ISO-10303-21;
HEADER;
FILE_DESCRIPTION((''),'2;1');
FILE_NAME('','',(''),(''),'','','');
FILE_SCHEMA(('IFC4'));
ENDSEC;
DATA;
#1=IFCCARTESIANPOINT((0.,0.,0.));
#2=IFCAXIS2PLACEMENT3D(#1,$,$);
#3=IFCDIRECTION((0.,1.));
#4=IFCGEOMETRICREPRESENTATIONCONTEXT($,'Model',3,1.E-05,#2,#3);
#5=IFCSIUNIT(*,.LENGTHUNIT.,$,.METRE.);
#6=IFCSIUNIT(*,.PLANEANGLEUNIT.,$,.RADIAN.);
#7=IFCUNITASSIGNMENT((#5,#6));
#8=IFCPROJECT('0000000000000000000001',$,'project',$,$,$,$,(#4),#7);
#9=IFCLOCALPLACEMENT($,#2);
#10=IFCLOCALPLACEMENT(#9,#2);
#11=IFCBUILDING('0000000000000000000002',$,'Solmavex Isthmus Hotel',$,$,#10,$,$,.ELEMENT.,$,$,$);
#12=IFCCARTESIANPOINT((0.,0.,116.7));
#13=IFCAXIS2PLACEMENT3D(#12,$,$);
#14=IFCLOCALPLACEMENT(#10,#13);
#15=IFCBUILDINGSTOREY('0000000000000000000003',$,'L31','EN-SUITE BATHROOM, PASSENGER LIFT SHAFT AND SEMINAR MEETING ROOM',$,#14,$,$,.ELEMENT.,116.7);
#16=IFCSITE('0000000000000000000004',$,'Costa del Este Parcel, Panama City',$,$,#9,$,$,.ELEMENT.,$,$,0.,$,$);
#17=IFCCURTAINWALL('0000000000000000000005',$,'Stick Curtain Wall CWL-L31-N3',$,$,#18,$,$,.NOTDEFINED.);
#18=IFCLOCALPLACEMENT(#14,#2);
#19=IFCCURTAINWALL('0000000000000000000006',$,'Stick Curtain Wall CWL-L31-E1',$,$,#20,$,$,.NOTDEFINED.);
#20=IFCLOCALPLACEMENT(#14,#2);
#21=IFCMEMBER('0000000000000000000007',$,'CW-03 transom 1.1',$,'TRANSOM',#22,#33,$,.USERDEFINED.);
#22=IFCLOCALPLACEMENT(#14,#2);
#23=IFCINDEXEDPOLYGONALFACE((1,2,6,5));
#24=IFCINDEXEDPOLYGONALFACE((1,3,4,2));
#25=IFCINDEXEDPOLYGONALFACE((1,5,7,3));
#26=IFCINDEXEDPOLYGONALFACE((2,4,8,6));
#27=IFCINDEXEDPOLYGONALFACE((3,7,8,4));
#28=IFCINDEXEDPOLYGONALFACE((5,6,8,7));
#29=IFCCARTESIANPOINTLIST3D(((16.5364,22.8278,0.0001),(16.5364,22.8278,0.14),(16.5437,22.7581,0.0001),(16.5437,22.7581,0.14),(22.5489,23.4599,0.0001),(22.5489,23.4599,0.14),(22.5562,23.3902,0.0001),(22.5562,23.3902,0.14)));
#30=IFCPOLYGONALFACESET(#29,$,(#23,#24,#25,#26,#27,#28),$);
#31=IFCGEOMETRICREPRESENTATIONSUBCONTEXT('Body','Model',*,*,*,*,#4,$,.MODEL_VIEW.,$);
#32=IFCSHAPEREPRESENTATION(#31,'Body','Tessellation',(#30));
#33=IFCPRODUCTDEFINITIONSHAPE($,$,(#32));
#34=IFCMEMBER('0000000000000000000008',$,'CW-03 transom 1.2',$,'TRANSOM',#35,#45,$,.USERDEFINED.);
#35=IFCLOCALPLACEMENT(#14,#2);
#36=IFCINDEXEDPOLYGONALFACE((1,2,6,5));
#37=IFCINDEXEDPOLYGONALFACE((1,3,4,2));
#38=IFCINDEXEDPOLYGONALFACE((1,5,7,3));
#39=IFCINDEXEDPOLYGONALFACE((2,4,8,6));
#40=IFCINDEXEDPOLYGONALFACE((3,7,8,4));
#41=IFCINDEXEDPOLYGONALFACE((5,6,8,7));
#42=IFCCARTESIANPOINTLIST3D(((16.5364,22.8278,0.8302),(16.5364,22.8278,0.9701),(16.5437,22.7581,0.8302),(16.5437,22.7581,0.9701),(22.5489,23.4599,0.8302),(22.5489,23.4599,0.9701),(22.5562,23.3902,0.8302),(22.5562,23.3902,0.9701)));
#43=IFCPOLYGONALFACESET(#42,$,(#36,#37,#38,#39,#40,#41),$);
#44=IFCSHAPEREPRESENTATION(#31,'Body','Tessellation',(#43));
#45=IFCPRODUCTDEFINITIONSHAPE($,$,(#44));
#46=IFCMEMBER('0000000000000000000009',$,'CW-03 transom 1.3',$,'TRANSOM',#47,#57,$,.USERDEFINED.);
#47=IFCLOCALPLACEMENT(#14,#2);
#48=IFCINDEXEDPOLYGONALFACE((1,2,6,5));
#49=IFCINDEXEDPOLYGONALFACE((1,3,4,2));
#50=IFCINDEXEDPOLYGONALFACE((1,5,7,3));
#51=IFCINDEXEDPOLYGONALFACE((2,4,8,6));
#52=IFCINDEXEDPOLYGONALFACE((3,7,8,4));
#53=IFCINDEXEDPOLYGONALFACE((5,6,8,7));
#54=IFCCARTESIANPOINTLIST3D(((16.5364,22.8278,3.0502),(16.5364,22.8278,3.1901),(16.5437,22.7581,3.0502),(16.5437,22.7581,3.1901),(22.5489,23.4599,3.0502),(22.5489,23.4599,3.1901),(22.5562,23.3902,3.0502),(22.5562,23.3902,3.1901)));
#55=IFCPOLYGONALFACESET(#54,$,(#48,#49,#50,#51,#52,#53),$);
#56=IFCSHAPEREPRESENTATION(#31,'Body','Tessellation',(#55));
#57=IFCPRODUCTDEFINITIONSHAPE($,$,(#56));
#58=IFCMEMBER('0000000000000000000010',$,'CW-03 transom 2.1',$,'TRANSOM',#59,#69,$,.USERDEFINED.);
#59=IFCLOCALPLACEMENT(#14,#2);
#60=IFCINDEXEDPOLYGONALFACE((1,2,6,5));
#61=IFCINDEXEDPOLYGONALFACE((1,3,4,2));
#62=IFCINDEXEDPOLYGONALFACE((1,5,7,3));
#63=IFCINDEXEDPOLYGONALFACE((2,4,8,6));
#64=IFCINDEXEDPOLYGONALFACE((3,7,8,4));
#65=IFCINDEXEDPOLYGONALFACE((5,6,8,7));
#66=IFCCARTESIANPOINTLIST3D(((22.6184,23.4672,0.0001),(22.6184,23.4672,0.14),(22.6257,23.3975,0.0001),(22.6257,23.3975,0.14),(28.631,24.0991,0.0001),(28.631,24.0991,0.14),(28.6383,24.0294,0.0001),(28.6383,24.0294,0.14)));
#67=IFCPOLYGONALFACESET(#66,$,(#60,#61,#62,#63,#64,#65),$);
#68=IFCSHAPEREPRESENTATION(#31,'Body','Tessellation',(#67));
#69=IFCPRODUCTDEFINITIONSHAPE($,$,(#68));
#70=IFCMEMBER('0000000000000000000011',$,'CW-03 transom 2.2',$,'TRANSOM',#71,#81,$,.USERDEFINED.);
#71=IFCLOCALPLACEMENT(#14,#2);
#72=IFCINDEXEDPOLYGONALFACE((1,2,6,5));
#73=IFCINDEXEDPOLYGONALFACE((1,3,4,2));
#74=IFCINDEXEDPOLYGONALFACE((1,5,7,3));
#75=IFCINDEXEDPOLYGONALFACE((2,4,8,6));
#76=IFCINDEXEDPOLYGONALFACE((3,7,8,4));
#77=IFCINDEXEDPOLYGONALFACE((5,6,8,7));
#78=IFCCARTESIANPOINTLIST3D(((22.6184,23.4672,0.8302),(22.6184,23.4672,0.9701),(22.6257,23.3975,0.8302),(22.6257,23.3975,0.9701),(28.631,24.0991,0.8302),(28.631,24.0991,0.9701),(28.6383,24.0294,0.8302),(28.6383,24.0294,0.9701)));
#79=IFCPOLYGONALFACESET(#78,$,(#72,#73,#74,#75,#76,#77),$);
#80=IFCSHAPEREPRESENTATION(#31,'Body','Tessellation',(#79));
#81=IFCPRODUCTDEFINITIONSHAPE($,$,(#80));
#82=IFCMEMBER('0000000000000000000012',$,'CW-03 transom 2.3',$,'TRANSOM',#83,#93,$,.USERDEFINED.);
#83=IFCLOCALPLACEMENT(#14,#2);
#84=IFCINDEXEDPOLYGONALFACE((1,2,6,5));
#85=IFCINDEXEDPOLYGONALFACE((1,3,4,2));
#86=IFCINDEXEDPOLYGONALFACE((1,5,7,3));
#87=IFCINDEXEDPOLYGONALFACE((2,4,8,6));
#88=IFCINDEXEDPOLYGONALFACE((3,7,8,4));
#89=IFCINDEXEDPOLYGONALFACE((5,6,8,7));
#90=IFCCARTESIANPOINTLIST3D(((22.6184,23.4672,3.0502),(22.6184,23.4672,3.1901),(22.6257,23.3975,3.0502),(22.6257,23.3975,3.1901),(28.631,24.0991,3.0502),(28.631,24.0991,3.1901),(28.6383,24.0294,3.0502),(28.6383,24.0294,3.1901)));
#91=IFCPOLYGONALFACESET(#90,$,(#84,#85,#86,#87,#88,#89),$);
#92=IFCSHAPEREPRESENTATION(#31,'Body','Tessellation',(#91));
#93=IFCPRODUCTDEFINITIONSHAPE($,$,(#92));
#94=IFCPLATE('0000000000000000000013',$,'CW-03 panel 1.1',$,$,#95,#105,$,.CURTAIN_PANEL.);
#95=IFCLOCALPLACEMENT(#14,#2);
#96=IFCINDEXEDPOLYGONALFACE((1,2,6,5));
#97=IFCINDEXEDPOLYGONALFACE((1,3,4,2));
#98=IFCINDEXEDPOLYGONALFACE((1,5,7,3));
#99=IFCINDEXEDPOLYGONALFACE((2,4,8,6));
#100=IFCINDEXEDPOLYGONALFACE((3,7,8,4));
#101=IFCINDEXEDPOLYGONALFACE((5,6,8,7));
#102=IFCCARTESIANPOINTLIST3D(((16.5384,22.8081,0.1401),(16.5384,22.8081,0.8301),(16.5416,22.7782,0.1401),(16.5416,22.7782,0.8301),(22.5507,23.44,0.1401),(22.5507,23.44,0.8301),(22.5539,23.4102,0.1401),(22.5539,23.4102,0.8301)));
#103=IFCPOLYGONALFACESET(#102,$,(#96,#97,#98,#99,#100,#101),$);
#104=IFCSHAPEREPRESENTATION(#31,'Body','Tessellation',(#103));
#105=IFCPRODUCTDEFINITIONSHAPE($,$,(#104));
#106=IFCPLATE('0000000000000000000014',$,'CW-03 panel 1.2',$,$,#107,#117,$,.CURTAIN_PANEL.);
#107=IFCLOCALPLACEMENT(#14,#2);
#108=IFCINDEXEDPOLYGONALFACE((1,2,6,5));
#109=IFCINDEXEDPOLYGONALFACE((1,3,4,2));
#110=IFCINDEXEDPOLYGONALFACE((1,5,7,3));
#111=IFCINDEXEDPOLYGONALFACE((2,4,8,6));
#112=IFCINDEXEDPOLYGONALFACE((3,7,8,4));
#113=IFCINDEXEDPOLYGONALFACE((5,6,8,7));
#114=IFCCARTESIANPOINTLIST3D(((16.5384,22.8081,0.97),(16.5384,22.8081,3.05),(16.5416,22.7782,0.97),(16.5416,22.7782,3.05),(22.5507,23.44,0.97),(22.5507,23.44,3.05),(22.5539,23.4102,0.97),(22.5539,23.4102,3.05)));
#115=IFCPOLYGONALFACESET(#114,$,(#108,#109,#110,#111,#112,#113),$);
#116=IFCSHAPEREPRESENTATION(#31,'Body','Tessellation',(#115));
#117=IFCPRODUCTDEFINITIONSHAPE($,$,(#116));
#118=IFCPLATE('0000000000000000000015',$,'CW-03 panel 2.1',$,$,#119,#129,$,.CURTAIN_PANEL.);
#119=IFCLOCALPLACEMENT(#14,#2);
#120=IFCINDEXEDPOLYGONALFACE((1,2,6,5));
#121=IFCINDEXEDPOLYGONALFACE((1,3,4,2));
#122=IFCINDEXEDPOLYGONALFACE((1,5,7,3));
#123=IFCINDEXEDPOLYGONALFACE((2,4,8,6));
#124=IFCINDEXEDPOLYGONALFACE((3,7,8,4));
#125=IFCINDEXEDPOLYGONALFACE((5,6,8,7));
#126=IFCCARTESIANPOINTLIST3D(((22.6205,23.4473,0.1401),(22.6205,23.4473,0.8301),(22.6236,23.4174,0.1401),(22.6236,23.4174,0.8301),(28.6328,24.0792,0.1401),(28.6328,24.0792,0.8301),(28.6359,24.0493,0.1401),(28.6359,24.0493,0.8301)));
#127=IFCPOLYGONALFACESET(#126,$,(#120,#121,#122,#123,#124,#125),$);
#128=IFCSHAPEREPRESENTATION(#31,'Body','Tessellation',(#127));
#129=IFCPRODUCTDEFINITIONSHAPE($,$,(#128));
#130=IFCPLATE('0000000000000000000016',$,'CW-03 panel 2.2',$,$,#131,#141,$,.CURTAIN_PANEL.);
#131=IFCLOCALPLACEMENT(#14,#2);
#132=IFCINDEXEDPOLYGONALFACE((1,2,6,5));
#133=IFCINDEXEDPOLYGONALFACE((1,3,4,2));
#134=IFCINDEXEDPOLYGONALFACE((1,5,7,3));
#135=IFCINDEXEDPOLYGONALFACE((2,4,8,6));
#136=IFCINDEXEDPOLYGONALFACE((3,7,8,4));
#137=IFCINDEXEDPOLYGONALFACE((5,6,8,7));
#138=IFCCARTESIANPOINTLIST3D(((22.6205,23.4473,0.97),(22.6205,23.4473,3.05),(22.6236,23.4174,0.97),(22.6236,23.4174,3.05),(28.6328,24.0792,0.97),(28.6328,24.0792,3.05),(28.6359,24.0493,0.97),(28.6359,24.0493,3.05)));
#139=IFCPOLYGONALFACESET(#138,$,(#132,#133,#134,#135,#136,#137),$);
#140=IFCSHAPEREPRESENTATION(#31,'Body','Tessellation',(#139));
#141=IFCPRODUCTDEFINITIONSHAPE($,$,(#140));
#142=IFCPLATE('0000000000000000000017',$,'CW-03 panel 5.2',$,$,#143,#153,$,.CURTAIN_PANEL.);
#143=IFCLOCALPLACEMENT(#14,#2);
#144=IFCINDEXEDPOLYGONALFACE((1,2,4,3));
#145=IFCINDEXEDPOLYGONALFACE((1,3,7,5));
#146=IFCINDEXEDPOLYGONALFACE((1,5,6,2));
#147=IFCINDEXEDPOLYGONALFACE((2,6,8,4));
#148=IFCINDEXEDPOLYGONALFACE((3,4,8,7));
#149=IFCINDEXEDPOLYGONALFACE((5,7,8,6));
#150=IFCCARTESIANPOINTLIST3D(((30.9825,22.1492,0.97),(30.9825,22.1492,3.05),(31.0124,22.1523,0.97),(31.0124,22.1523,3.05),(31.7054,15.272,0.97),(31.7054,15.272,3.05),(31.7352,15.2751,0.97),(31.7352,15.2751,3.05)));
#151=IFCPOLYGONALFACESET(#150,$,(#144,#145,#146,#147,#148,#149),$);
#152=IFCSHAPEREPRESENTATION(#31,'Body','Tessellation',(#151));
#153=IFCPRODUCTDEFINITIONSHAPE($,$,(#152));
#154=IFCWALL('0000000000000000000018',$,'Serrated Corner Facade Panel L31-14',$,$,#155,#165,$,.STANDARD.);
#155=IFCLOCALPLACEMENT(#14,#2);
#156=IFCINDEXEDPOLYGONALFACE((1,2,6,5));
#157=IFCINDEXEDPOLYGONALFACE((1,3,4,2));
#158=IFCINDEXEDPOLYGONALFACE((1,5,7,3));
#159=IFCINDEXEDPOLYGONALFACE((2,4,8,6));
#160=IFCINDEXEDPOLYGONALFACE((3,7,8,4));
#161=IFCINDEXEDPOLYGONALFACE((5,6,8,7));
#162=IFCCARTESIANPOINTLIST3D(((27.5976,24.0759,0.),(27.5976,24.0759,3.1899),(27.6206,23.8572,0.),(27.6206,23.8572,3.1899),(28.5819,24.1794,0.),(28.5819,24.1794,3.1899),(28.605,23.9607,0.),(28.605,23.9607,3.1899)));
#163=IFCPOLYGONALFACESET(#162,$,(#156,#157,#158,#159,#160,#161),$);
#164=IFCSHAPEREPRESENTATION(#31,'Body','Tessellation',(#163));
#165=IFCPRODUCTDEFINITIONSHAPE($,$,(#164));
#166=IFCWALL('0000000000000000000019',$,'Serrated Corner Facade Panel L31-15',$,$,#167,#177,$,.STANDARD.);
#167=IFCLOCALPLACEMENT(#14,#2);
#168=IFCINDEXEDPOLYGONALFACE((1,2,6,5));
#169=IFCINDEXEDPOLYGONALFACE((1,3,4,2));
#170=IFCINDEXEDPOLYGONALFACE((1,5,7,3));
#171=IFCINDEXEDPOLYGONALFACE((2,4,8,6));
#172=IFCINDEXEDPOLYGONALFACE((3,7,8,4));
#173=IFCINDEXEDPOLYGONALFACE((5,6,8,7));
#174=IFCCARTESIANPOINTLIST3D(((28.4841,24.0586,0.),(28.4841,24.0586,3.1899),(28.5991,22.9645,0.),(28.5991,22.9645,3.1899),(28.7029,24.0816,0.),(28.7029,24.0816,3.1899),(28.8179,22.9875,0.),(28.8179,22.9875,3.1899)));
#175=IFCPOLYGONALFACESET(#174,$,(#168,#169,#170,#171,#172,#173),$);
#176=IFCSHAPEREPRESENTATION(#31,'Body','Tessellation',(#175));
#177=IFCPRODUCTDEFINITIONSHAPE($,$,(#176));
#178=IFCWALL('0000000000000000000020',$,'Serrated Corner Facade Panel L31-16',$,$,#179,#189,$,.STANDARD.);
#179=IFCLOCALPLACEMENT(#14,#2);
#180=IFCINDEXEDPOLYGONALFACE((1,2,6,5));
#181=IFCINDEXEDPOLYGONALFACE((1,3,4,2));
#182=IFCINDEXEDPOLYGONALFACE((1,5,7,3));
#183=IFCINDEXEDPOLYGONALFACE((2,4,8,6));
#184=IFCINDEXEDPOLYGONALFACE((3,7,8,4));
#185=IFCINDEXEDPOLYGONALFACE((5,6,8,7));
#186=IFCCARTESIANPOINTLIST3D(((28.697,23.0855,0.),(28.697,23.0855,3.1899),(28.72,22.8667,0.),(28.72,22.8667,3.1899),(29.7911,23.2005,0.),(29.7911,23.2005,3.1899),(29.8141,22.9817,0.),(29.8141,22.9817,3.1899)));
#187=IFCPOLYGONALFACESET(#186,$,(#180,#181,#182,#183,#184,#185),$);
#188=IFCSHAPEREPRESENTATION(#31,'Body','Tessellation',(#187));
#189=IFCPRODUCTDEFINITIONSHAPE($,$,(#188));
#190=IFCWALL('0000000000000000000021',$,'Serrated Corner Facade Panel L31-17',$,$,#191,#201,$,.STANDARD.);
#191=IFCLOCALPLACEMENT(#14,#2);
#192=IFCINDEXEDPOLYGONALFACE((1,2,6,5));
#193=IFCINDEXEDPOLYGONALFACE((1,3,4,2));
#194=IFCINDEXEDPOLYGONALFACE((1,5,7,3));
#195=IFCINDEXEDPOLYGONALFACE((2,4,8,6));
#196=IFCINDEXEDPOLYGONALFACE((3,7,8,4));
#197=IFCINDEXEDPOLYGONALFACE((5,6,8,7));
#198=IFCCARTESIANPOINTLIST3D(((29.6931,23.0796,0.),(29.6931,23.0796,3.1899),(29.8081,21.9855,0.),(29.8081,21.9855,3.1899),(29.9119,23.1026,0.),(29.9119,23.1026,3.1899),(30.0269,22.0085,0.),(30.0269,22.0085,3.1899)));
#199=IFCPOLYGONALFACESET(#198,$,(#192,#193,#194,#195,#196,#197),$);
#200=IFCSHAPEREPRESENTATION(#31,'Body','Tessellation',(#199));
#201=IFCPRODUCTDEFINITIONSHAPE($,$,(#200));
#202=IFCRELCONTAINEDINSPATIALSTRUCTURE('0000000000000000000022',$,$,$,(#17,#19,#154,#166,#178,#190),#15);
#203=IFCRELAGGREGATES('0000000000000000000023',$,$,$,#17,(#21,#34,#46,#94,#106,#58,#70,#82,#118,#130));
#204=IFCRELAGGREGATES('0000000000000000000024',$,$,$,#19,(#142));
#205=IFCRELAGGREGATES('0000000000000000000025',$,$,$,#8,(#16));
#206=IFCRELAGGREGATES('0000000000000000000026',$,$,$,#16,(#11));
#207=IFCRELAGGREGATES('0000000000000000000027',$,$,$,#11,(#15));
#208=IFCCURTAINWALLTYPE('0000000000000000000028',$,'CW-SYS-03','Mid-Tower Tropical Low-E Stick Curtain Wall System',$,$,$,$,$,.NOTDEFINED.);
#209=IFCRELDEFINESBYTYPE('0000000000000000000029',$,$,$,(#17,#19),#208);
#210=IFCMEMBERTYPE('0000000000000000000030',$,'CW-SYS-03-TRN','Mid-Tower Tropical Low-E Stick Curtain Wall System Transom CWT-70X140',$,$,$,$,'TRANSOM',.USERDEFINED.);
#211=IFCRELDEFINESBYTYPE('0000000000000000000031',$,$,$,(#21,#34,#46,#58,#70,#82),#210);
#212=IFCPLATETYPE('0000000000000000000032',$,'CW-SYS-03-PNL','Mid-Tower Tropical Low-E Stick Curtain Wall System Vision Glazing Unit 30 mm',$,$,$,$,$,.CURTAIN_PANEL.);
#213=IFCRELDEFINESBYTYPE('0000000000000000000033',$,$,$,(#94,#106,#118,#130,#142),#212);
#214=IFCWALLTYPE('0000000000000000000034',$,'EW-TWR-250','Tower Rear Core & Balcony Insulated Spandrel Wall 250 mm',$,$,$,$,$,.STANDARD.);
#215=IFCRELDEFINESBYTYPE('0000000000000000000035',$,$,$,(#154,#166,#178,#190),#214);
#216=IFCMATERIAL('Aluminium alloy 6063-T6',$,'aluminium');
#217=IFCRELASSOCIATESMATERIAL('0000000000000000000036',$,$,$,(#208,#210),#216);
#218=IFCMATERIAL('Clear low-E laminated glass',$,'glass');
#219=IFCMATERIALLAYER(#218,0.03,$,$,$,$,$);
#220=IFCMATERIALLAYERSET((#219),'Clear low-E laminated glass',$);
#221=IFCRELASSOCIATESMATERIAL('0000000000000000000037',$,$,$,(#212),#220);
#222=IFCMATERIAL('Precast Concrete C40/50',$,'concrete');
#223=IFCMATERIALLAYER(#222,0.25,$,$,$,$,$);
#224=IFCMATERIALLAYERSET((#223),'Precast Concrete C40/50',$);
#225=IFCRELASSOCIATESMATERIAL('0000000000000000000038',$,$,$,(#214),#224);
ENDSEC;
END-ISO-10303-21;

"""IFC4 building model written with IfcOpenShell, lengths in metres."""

from ifc_helpers import new_model, si_unit, direction, frame, frame_2d, origin, origin_2d, place, context, subcontext, project, spatial, rectangle, extrude, material, layer, layer_set, material_profile, profile_set, type_object, element, aggregate, save


model = new_model("IFC4")

# Units and contexts
model_context = context("Model", 3, precision=1e-05, world=origin(), true_north=direction((0.0, 1.0)))
body_context = subcontext(model_context, "Body", "Model", "MODEL_VIEW")
ifc_project = project(units=[si_unit("LENGTHUNIT", "METRE"), si_unit("PLANEANGLEUNIT", "RADIAN")], contexts=[model_context])

# Site, building, storey
site_placement = place(None, origin())
site = spatial("IfcSite", under=ifc_project, at=site_placement, Name="Costa del Este Parcel, Panama City", CompositionType="ELEMENT", RefElevation=0.0)
building_placement = place(site_placement, origin())
building = spatial("IfcBuilding", under=site, at=building_placement, Name="Solmavex Isthmus Hotel", CompositionType="ELEMENT")
storey_placement = place(building_placement, frame((0.0, 0.0, 116.7)))
storey = spatial("IfcBuildingStorey", under=building, at=storey_placement, Name="L31", Description="EN-SUITE BATHROOM, PASSENGER LIFT SHAFT AND SEMINAR MEETING ROOM", CompositionType="ELEMENT", Elevation=116.7)

# Curtain wall
ifc_material_1 = material(Name="Aluminium alloy 6063-T6", Category="aluminium")
curtain_wall_type = type_object("IfcCurtainWallType", Name="CW-SYS-03", Description="Mid-Tower Tropical Low-E Stick Curtain Wall System", PredefinedType="NOTDEFINED", material=ifc_material_1)
curtain_wall_1_placement = place(storey_placement, origin())
curtain_wall_1 = element("IfcCurtainWall", 1, at=curtain_wall_1_placement, inside=storey, type_object=curtain_wall_type, Name="Stick Curtain Wall CWL-L31-N3", PredefinedType="NOTDEFINED")

# Curtain wall
curtain_wall_2_placement = place(storey_placement, origin())
curtain_wall_2 = element("IfcCurtainWall", 2, at=curtain_wall_2_placement, inside=storey, type_object=curtain_wall_type, Name="Stick Curtain Wall CWL-L31-E1", PredefinedType="NOTDEFINED")

# Members
ifc_material_profile_1 = material_profile(ifc_material_1, rectangle(XDim=0.0701, YDim=0.1399, at=origin_2d()), Name="CWT-70X140")
ifc_profile_set_1 = profile_set([ifc_material_profile_1], Name="Aluminium alloy 6063-T6")
member_type_1 = type_object("IfcMemberType", Name="CW-SYS-03-TRN", Description="Mid-Tower Tropical Low-E Stick Curtain Wall System Transom CWT-70X140", ElementType="TRANSOM", PredefinedType="USERDEFINED", material=ifc_profile_set_1)
member_1_placement = place(storey_placement, frame((16.54, 22.793, 0.0701), z_axis=(0.994519, 0.104552, 0.0), x_axis=(-0.104552, 0.994519, 0.0)))
member_1 = element("IfcMember", 3, at=member_1_placement, type_object=member_type_1, Name="CW-03 transom 1.1", ObjectType="TRANSOM", PredefinedType="USERDEFINED", context=body_context, shape_type="SweptSolid", body=[
    extrude(rectangle(XDim=0.0701, YDim=0.1399, at=origin_2d()), origin(), (0.0, 0.0, 1.0), 6.0457),
])
member_2_placement = place(storey_placement, frame((16.54, 22.793, 0.9001), z_axis=(0.994519, 0.104552, 0.0), x_axis=(-0.104552, 0.994519, 0.0)))
member_2 = element("IfcMember", 4, at=member_2_placement, type_object=member_type_1, Name="CW-03 transom 1.2", ObjectType="TRANSOM", PredefinedType="USERDEFINED", context=body_context, shape_type="SweptSolid", body=[
    extrude(rectangle(XDim=0.0701, YDim=0.1399, at=origin_2d()), origin(), (0.0, 0.0, 1.0), 6.0457),
])
member_3_placement = place(storey_placement, frame((16.54, 22.793, 3.1201), z_axis=(0.994519, 0.104552, 0.0), x_axis=(-0.104552, 0.994519, 0.0)))
member_3 = element("IfcMember", 5, at=member_3_placement, type_object=member_type_1, Name="CW-03 transom 1.3", ObjectType="TRANSOM", PredefinedType="USERDEFINED", context=body_context, shape_type="SweptSolid", body=[
    extrude(rectangle(XDim=0.0701, YDim=0.1399, at=origin_2d()), origin(), (0.0, 0.0, 1.0), 6.0457),
])
member_4_placement = place(storey_placement, frame((22.6221, 23.4324, 0.0701), z_axis=(0.994524, 0.104512, 0.0), x_axis=(-0.104512, 0.994524, 0.0)))
member_4 = element("IfcMember", 6, at=member_4_placement, type_object=member_type_1, Name="CW-03 transom 2.1", ObjectType="TRANSOM", PredefinedType="USERDEFINED", context=body_context, shape_type="SweptSolid", body=[
    extrude(rectangle(XDim=0.0701, YDim=0.1399, at=origin_2d()), origin(), (0.0, 0.0, 1.0), 6.0457),
])
member_5_placement = place(storey_placement, frame((22.6221, 23.4324, 0.9001), z_axis=(0.994524, 0.104512, 0.0), x_axis=(-0.104512, 0.994524, 0.0)))
member_5 = element("IfcMember", 7, at=member_5_placement, type_object=member_type_1, Name="CW-03 transom 2.2", ObjectType="TRANSOM", PredefinedType="USERDEFINED", context=body_context, shape_type="SweptSolid", body=[
    extrude(rectangle(XDim=0.0701, YDim=0.1399, at=origin_2d()), origin(), (0.0, 0.0, 1.0), 6.0457),
])
member_6_placement = place(storey_placement, frame((22.6221, 23.4324, 3.1201), z_axis=(0.994524, 0.104512, 0.0), x_axis=(-0.104512, 0.994524, 0.0)))
member_6 = element("IfcMember", 8, at=member_6_placement, type_object=member_type_1, Name="CW-03 transom 2.3", ObjectType="TRANSOM", PredefinedType="USERDEFINED", context=body_context, shape_type="SweptSolid", body=[
    extrude(rectangle(XDim=0.0701, YDim=0.1399, at=origin_2d()), origin(), (0.0, 0.0, 1.0), 6.0457),
])

# Plates
ifc_material_2 = material(Name="Clear low-E laminated glass", Category="glass")
ifc_layer_1 = layer(ifc_material_2, 0.03)
ifc_layer_set_1 = layer_set([ifc_layer_1], Name="Clear low-E laminated glass")
plate_type = type_object("IfcPlateType", Name="CW-SYS-03-PNL", Description="Mid-Tower Tropical Low-E Stick Curtain Wall System Vision Glazing Unit 30 mm", PredefinedType="CURTAIN_PANEL", material=ifc_layer_set_1)
plate_1_placement = place(storey_placement, frame((19.5461, 23.1091, 0.1401), z_axis=(0.0, 0.0, 1.0), x_axis=(0.994522, 0.104528, 0.0)))
plate_1 = element("IfcPlate", 9, at=plate_1_placement, type_object=plate_type, Name="CW-03 panel 1.1", PredefinedType="CURTAIN_PANEL", context=body_context, shape_type="SweptSolid", body=[
    extrude(rectangle(XDim=6.0454, YDim=0.03, at=origin_2d()), origin(), (0.0, 0.0, 1.0), 0.6899),
])
plate_2_placement = place(storey_placement, frame((19.5461, 23.1091, 0.97), z_axis=(0.0, 0.0, 1.0), x_axis=(0.994522, 0.104528, 0.0)))
plate_2 = element("IfcPlate", 10, at=plate_2_placement, type_object=plate_type, Name="CW-03 panel 1.2", PredefinedType="CURTAIN_PANEL", context=body_context, shape_type="SweptSolid", body=[
    extrude(rectangle(XDim=6.0454, YDim=0.03, at=origin_2d()), origin(), (0.0, 0.0, 1.0), 2.0801),
])
plate_3_placement = place(storey_placement, frame((25.6282, 23.7483, 0.1401), z_axis=(0.0, 0.0, 1.0), x_axis=(0.994522, 0.104528, 0.0)))
plate_3 = element("IfcPlate", 11, at=plate_3_placement, type_object=plate_type, Name="CW-03 panel 2.1", PredefinedType="CURTAIN_PANEL", context=body_context, shape_type="SweptSolid", body=[
    extrude(rectangle(XDim=6.0454, YDim=0.03, at=origin_2d()), origin(), (0.0, 0.0, 1.0), 0.6899),
])
plate_4_placement = place(storey_placement, frame((25.6282, 23.7483, 0.97), z_axis=(0.0, 0.0, 1.0), x_axis=(0.994522, 0.104528, 0.0)))
plate_4 = element("IfcPlate", 12, at=plate_4_placement, type_object=plate_type, Name="CW-03 panel 2.2", PredefinedType="CURTAIN_PANEL", context=body_context, shape_type="SweptSolid", body=[
    extrude(rectangle(XDim=6.0454, YDim=0.03, at=origin_2d()), origin(), (0.0, 0.0, 1.0), 2.0801),
])
aggregate(curtain_wall_1, [member_1, member_2, member_3, plate_1, plate_2, member_4, member_5, member_6, plate_3, plate_4])
plate_5_placement = place(storey_placement, frame((31.3589, 18.7122, 0.97), z_axis=(0.0, 0.0, 1.0), x_axis=(-0.104528, 0.994522, 0.0)))
plate_5 = element("IfcPlate", 13, at=plate_5_placement, type_object=plate_type, Name="CW-03 panel 5.2", PredefinedType="CURTAIN_PANEL", context=body_context, shape_type="SweptSolid", body=[
    extrude(rectangle(XDim=6.915, YDim=0.03, at=origin_2d()), origin(), (0.0, 0.0, 1.0), 2.0801),
])
aggregate(curtain_wall_2, [plate_5])

# Walls
ifc_material_3 = material(Name="Precast Concrete C40/50", Category="concrete")
ifc_layer_2 = layer(ifc_material_3, 0.25)
ifc_layer_set_2 = layer_set([ifc_layer_2], Name="Precast Concrete C40/50")
wall_type_1 = type_object("IfcWallType", Name="EW-TWR-250", Description="Tower Rear Core & Balcony Insulated Spandrel Wall 250 mm", PredefinedType="STANDARD", material=ifc_layer_set_2)
wall_1_placement = place(storey_placement, frame((27.6091, 23.9666, 0.0), z_axis=(0.0, 0.0, 1.0), x_axis=(0.994516, 0.104582, 0.0)))
element("IfcWall", 14, at=wall_1_placement, inside=storey, type_object=wall_type_1, Name="Serrated Corner Facade Panel L31-14", PredefinedType="STANDARD", context=body_context, shape_type="SweptSolid", body=[
    extrude(rectangle(XDim=0.9897, YDim=0.22, at=frame_2d((0.4949, 0.0))), origin(), (0.0, 0.0, 1.0), 3.1899),
])
for number, where, z_axis, x_axis, name in (
    (15, (28.5935, 24.0701, 0.0), (0.0, 0.0, 1.0), (0.104535, -0.994521, 0.0), "Serrated Corner Facade Panel L31-15"),
    (16, (28.7085, 22.9761, 0.0), (0.0, 0.0, 1.0), (0.994521, 0.104535, 0.0), "Serrated Corner Facade Panel L31-16"),
    (17, (29.8025, 23.0911, 0.0), (0.0, 0.0, 1.0), (0.104535, -0.994521, 0.0), "Serrated Corner Facade Panel L31-17"),
):
    element("IfcWall", number, at=place(storey_placement, frame(where, z_axis=z_axis, x_axis=x_axis)), inside=storey, type_object=wall_type_1, Name=name, PredefinedType="STANDARD", context=body_context, shape_type="SweptSolid", body=[
        extrude(rectangle(XDim=1.1001, YDim=0.22, at=frame_2d((0.55, 0.0))), origin(), (0.0, 0.0, 1.0), 3.1899),
    ])

save(model, "model.ifc")
